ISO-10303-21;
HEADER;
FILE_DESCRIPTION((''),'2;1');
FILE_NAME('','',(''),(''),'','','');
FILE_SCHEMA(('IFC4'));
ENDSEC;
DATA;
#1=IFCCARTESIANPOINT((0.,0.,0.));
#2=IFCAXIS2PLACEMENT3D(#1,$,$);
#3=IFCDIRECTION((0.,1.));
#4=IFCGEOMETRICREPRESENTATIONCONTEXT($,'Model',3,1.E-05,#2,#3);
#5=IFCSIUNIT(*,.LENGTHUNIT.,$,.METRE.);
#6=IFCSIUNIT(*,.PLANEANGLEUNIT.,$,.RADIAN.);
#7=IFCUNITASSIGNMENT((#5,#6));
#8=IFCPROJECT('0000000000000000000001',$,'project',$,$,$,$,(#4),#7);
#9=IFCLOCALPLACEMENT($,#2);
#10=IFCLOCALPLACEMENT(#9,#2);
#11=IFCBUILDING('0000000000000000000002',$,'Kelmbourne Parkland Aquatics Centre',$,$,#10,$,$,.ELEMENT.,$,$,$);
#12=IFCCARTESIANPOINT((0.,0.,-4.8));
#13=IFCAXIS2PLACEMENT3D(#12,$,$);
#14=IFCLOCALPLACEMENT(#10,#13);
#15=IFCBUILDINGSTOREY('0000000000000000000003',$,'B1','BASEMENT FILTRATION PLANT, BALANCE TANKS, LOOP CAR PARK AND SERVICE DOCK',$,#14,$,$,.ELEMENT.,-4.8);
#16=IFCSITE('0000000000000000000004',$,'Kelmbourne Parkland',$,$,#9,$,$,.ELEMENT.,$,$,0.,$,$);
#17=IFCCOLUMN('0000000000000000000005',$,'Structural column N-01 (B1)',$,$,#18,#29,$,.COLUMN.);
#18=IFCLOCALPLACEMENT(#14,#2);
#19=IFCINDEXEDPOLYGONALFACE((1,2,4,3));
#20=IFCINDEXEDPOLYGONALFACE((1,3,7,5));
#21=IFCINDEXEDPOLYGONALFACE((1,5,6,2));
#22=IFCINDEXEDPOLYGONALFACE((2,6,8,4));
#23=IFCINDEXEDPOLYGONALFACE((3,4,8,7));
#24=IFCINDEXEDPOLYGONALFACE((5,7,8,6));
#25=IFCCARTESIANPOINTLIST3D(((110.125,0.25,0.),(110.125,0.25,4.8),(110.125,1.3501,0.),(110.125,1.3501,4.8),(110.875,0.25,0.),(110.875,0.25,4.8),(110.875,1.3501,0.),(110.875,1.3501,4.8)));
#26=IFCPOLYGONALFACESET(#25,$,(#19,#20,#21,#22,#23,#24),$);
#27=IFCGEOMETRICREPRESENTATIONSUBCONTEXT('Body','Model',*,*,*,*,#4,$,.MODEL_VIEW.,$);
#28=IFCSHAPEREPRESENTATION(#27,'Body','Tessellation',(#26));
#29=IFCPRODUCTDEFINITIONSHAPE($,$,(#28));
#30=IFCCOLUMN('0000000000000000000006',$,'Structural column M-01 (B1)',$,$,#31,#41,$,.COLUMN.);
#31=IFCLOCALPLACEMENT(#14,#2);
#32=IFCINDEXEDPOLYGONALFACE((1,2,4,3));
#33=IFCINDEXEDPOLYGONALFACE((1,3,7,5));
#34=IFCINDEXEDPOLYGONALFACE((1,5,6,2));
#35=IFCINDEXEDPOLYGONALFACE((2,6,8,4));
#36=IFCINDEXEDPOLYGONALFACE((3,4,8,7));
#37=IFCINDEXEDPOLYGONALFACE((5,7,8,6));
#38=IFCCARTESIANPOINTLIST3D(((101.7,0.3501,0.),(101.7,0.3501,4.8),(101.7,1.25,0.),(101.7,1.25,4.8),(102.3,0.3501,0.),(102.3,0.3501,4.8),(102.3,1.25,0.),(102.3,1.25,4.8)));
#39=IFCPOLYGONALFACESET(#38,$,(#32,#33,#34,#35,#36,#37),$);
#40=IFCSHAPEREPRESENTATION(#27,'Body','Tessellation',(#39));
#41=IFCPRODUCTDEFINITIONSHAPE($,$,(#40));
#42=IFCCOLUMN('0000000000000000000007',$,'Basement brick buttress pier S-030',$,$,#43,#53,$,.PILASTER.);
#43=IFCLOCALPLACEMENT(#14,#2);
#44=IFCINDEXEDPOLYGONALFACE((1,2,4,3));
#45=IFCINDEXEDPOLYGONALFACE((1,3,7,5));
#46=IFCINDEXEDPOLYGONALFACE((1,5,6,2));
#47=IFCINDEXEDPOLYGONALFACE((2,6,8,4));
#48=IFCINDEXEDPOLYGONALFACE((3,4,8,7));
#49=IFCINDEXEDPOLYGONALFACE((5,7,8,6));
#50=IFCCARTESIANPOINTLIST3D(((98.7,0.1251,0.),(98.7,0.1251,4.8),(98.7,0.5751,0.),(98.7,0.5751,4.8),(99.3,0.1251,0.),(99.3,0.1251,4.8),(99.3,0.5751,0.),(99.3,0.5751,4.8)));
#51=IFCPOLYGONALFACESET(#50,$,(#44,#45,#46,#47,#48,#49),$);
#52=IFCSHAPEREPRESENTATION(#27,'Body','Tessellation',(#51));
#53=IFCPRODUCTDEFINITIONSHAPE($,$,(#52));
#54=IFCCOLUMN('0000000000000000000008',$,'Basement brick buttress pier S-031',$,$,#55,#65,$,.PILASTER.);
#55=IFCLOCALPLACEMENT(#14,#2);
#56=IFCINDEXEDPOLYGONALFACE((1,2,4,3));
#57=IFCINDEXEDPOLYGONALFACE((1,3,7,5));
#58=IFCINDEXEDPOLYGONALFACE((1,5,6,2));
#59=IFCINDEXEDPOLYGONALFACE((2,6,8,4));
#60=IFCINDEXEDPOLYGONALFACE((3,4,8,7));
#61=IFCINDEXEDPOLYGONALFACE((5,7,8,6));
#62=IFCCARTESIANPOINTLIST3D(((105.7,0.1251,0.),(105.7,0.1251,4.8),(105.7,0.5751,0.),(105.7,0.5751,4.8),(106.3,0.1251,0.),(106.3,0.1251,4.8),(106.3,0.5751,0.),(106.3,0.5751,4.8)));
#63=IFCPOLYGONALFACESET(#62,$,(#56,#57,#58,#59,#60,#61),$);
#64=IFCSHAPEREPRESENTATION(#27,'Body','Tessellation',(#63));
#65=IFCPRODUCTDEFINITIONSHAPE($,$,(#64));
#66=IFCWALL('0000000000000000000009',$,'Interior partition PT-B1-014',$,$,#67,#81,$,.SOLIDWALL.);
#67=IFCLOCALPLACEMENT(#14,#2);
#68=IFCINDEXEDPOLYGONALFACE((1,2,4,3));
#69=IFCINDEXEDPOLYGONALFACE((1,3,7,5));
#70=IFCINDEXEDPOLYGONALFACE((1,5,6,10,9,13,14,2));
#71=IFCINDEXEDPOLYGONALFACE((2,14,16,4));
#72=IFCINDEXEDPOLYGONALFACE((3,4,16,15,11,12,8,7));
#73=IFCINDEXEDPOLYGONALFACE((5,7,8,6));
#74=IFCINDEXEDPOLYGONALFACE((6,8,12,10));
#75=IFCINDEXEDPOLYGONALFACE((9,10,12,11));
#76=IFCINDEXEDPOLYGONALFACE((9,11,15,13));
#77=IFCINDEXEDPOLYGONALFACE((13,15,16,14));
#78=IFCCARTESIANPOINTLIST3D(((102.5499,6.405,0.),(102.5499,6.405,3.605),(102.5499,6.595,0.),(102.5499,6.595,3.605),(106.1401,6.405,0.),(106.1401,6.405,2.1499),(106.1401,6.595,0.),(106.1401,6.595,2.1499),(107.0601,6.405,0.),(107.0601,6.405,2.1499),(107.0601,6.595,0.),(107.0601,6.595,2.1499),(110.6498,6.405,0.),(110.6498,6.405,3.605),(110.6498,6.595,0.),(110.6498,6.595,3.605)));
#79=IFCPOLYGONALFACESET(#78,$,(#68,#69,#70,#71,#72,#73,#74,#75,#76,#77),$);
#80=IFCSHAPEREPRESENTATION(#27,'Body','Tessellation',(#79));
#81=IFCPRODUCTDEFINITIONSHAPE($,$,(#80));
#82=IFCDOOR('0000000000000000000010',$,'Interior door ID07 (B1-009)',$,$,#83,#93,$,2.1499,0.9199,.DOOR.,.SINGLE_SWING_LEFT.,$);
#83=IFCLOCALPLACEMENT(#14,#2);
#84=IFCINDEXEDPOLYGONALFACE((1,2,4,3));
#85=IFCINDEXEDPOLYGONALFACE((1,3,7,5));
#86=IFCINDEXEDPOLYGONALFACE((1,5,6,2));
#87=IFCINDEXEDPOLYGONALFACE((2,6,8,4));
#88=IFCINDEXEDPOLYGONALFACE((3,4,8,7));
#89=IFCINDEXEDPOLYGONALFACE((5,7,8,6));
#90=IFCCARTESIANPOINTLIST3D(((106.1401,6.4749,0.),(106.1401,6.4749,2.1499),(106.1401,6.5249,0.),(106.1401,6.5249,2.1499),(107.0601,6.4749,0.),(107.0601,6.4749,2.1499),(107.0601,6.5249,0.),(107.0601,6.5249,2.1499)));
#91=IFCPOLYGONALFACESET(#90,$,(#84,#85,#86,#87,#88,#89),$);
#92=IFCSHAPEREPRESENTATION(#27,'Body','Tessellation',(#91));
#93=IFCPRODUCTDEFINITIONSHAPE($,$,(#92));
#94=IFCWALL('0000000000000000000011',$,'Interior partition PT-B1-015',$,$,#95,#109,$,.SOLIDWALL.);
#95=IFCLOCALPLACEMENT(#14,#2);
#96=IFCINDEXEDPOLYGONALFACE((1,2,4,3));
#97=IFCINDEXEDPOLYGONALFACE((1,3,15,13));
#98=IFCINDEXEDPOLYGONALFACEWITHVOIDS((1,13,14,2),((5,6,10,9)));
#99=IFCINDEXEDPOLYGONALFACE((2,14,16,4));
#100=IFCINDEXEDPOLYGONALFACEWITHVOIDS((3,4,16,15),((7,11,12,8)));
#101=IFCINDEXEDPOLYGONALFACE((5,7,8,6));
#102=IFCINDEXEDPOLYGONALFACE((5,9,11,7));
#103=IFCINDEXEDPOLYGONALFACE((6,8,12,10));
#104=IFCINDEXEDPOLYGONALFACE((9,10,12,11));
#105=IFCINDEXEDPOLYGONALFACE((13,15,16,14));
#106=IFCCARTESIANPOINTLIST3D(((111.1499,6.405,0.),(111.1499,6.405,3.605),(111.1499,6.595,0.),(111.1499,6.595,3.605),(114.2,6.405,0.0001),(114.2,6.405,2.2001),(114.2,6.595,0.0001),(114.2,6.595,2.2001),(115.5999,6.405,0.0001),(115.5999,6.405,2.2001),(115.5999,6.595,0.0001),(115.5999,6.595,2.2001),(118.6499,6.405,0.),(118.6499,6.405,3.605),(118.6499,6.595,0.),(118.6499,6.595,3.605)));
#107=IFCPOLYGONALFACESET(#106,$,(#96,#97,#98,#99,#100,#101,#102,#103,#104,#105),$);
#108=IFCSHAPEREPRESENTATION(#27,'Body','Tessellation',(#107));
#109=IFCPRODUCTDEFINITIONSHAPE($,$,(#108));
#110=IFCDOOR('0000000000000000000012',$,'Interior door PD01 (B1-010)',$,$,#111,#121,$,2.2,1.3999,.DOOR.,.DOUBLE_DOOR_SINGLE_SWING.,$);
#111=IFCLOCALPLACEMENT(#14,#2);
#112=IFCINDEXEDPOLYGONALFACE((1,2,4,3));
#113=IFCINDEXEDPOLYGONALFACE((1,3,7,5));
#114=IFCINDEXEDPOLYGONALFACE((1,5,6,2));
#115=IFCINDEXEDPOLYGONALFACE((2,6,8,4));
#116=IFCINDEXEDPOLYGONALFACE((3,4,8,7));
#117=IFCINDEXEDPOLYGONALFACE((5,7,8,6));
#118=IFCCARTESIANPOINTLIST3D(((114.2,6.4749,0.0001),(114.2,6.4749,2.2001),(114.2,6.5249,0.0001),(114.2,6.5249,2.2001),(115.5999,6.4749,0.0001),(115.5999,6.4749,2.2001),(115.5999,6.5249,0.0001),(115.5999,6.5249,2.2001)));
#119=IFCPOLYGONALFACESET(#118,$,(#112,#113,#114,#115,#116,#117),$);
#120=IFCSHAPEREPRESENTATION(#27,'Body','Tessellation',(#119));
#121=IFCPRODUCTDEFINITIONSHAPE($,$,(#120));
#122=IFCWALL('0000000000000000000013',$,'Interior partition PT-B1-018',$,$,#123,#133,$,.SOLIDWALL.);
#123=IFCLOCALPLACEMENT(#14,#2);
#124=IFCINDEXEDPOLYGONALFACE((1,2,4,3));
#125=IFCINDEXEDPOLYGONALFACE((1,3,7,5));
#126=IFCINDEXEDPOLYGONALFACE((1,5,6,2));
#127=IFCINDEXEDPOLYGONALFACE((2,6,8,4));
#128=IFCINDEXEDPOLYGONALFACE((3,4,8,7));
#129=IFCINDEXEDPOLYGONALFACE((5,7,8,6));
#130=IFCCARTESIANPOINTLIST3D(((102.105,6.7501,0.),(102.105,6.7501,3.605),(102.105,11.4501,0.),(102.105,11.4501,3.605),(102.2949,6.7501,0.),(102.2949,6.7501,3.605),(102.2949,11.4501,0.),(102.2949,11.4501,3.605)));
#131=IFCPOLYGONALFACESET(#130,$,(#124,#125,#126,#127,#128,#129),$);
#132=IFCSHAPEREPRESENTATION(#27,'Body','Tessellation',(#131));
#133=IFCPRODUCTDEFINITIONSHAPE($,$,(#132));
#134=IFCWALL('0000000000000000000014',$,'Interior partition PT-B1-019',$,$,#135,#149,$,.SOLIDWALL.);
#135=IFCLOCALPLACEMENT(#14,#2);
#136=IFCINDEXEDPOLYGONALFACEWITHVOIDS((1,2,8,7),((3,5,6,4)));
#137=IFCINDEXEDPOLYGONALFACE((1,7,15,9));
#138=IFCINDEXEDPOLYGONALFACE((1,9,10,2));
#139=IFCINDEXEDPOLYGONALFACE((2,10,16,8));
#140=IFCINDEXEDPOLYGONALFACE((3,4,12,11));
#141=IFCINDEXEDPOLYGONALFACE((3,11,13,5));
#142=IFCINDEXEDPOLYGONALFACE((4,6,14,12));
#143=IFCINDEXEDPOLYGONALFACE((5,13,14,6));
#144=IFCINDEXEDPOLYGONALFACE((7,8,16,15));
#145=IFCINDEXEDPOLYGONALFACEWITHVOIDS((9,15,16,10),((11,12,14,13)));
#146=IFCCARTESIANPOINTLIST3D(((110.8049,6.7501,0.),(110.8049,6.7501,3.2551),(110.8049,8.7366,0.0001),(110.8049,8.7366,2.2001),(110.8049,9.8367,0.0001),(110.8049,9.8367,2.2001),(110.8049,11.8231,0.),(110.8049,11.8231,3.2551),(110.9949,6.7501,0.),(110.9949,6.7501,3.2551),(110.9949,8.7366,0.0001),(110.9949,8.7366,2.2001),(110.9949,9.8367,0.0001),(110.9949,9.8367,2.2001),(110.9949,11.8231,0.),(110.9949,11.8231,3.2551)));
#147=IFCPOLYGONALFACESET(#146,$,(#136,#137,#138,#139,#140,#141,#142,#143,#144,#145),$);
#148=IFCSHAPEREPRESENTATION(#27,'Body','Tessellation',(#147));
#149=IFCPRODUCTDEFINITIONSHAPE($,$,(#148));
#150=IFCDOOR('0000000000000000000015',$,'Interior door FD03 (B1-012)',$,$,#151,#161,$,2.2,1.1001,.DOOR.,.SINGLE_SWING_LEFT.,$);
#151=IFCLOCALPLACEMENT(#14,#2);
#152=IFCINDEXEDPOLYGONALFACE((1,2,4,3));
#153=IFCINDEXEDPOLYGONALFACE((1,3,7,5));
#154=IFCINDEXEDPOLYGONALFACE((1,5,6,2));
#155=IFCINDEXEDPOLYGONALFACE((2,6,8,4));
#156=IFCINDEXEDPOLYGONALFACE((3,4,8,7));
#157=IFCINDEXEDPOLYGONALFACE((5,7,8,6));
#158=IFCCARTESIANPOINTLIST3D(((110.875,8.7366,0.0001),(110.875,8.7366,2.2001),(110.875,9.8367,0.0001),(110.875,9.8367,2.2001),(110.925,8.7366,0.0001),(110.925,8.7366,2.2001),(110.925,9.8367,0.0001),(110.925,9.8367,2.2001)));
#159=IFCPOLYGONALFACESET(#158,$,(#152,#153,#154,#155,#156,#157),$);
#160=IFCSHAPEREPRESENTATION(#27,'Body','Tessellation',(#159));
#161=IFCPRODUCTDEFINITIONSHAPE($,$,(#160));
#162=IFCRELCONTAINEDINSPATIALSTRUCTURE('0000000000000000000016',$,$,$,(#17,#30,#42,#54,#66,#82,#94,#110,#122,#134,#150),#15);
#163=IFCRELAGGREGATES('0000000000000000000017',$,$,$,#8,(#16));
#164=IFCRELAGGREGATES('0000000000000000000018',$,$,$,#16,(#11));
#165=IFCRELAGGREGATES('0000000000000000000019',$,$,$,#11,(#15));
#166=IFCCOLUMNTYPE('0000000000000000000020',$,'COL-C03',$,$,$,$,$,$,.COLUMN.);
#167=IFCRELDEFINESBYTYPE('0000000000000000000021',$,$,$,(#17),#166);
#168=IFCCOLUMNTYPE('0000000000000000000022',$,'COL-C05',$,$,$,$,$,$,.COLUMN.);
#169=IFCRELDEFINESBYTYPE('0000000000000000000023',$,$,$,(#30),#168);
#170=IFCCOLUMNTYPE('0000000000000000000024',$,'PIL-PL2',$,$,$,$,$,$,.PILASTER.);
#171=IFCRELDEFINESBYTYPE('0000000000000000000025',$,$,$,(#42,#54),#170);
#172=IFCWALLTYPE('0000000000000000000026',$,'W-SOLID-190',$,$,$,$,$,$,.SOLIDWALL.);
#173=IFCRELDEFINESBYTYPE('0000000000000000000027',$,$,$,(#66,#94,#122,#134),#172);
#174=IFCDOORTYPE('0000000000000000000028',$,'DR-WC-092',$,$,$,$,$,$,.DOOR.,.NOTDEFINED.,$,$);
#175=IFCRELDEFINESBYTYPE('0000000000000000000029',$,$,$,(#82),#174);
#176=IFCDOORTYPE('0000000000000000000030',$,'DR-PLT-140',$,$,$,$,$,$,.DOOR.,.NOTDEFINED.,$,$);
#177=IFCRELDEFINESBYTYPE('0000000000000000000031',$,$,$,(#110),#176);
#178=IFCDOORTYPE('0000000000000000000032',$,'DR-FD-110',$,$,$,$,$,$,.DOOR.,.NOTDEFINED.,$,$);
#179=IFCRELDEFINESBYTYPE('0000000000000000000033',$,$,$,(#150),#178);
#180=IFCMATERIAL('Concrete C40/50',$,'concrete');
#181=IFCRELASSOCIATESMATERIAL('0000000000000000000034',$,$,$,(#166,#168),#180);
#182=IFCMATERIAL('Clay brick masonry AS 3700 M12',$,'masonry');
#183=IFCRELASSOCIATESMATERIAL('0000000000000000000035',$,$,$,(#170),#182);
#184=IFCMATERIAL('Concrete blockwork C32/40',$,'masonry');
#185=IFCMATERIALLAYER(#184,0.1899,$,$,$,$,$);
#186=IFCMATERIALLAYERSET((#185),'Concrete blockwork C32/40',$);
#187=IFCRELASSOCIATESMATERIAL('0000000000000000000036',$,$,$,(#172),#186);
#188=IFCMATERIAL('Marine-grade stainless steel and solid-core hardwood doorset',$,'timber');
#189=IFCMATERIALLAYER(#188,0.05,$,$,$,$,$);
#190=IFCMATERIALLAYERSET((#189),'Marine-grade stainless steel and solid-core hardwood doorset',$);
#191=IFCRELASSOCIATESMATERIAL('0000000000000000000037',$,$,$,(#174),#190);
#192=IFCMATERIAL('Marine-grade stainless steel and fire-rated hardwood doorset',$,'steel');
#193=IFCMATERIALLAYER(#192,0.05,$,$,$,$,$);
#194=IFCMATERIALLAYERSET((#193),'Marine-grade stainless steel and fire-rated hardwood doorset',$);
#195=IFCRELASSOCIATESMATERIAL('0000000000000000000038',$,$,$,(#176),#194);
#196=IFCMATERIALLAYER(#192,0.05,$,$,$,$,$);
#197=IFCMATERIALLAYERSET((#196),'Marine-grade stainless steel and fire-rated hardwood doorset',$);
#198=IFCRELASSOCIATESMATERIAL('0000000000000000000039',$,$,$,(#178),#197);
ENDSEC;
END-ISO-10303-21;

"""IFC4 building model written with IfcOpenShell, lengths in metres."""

from ifc_helpers import new_model, si_unit, direction, frame, frame_2d, origin, origin_2d, place, context, subcontext, project, spatial, rectangle, extrude, material, layer, layer_set, material_profile, profile_set, type_object, element, fill, save


model = new_model("IFC4")

# Units and contexts
model_context = context("Model", 3, precision=1e-05, world=origin(), true_north=direction((0.0, 1.0)))
body_context = subcontext(model_context, "Body", "Model", "MODEL_VIEW")
ifc_project = project(units=[si_unit("LENGTHUNIT", "METRE"), si_unit("PLANEANGLEUNIT", "RADIAN")], contexts=[model_context])

# Site, building, storey
site_placement = place(None, origin())
site = spatial("IfcSite", under=ifc_project, at=site_placement, Name="Kelmbourne Parkland", CompositionType="ELEMENT", RefElevation=0.0)
building_placement = place(site_placement, origin())
building = spatial("IfcBuilding", under=site, at=building_placement, Name="Kelmbourne Parkland Aquatics Centre", CompositionType="ELEMENT")
storey_placement = place(building_placement, frame((0.0, 0.0, -4.8)))
storey = spatial("IfcBuildingStorey", under=building, at=storey_placement, Name="B1", Description="BASEMENT FILTRATION PLANT, BALANCE TANKS, LOOP CAR PARK AND SERVICE DOCK", CompositionType="ELEMENT", Elevation=-4.8)

# Columns
ifc_material_1 = material(Name="Concrete C40/50", Category="concrete")
ifc_material_profile_1 = material_profile(ifc_material_1, rectangle(XDim=0.75, YDim=1.1001, at=origin_2d()), Name="RC 750x1100")
ifc_profile_set_1 = profile_set([ifc_material_profile_1], Name="Concrete C40/50")
column_type_1 = type_object("IfcColumnType", Name="COL-C03", PredefinedType="COLUMN", material=ifc_profile_set_1)
column_1_placement = place(storey_placement, frame((110.5, 0.8, 0.0), z_axis=(0.0, 0.0, 1.0), x_axis=(1.0, 0.0, 0.0)))
element("IfcColumn", 1, at=column_1_placement, inside=storey, type_object=column_type_1, Name="Structural column N-01 (B1)", PredefinedType="COLUMN", context=body_context, shape_type="SweptSolid", body=[
    extrude(rectangle(XDim=0.75, YDim=1.1001, at=origin_2d()), origin(), (0.0, 0.0, 1.0), 4.8),
])
ifc_material_profile_2 = material_profile(ifc_material_1, rectangle(XDim=0.6001, YDim=0.8999, at=origin_2d()), Name="RC 600x900")
ifc_profile_set_2 = profile_set([ifc_material_profile_2], Name="Concrete C40/50")
column_type_2 = type_object("IfcColumnType", Name="COL-C05", PredefinedType="COLUMN", material=ifc_profile_set_2)
column_2_placement = place(storey_placement, frame((102.0, 0.8, 0.0), z_axis=(0.0, 0.0, 1.0), x_axis=(1.0, 0.0, 0.0)))
element("IfcColumn", 2, at=column_2_placement, inside=storey, type_object=column_type_2, Name="Structural column M-01 (B1)", PredefinedType="COLUMN", context=body_context, shape_type="SweptSolid", body=[
    extrude(rectangle(XDim=0.6001, YDim=0.8999, at=origin_2d()), origin(), (0.0, 0.0, 1.0), 4.8),
])
ifc_material_2 = material(Name="Clay brick masonry AS 3700 M12", Category="masonry")
ifc_material_profile_3 = material_profile(ifc_material_2, rectangle(XDim=0.45, YDim=0.6001, at=origin_2d()), Name="PIL 450x600")
ifc_profile_set_3 = profile_set([ifc_material_profile_3], Name="Clay brick masonry AS 3700 M12")
column_type_3 = type_object("IfcColumnType", Name="PIL-PL2", PredefinedType="PILASTER", material=ifc_profile_set_3)
for number, where, z_axis, x_axis, name in (
    (3, (99.0, 0.3501, 0.0), (0.0, 0.0, 1.0), (0.0, 1.0, 0.0), "Basement brick buttress pier S-030"),
    (4, (106.0, 0.3501, 0.0), (0.0, 0.0, 1.0), (0.0, 1.0, 0.0), "Basement brick buttress pier S-031"),
):
    element("IfcColumn", number, at=place(storey_placement, frame(where, z_axis=z_axis, x_axis=x_axis)), inside=storey, type_object=column_type_3, Name=name, PredefinedType="PILASTER", context=body_context, shape_type="SweptSolid", body=[
        extrude(rectangle(XDim=0.45, YDim=0.6001, at=origin_2d()), origin(), (0.0, 0.0, 1.0), 4.8),
    ])

# Walls, openings, doors
ifc_material_3 = material(Name="Concrete blockwork C32/40", Category="masonry")
ifc_layer_1 = layer(ifc_material_3, 0.1899)
ifc_layer_set_1 = layer_set([ifc_layer_1], Name="Concrete blockwork C32/40")
wall_type = type_object("IfcWallType", Name="W-SOLID-190", PredefinedType="SOLIDWALL", material=ifc_layer_set_1)
wall_1_placement = place(storey_placement, frame((102.55, 6.5, 0.0), z_axis=(0.0, 0.0, 1.0), x_axis=(1.0, 0.0, 0.0)))
wall_1 = element("IfcWall", 5, at=wall_1_placement, inside=storey, type_object=wall_type, Name="Interior partition PT-B1-014", PredefinedType="SOLIDWALL", context=body_context, shape_type="SweptSolid", body=[
    extrude(rectangle(XDim=8.0999, YDim=0.1899, at=frame_2d((4.0498, 0.0))), origin(), (0.0, 0.0, 1.0), 3.605),
])
opening_1_placement = place(wall_1_placement, frame((3.5901, 0.0, 0.0)))
opening_1 = element("IfcOpeningElement", 6, at=opening_1_placement, cuts=wall_1, PredefinedType="OPENING", context=body_context, shape_type="SweptSolid", body=[
    extrude(rectangle(XDim=0.9199, YDim=2.1499, at=frame_2d((0.46, 1.075))), frame((0.0, 0.1069, 0.0), z_axis=(0.0, -1.0, 0.0), x_axis=(1.0, 0.0, 0.0)), (0.0, 0.0, 1.0), 0.2139),
])
ifc_material_4 = material(Name="Marine-grade stainless steel and solid-core hardwood doorset", Category="timber")
ifc_layer_2 = layer(ifc_material_4, 0.05)
ifc_layer_set_2 = layer_set([ifc_layer_2], Name="Marine-grade stainless steel and solid-core hardwood doorset")
door_type_1 = type_object("IfcDoorType", Name="DR-WC-092", OperationType="NOTDEFINED", PredefinedType="DOOR", material=ifc_layer_set_2)
door_1_placement = place(opening_1_placement, origin())
door_1 = element("IfcDoor", 7, at=door_1_placement, inside=storey, type_object=door_type_1, Name="Interior door ID07 (B1-009)", OperationType="SINGLE_SWING_LEFT", OverallHeight=2.1499, OverallWidth=0.9199, PredefinedType="DOOR", context=body_context, shape_type="SweptSolid", body=[
    extrude(rectangle(XDim=0.9199, YDim=2.1499, at=frame_2d((0.46, 1.075))), frame((0.0, 0.0249, 0.0), z_axis=(0.0, -1.0, 0.0), x_axis=(1.0, 0.0, 0.0)), (0.0, 0.0, 1.0), 0.05),
])
fill(opening_1, door_1)
wall_2_placement = place(storey_placement, frame((111.1499, 6.5, 0.0), z_axis=(0.0, 0.0, 1.0), x_axis=(1.0, 0.0, 0.0)))
wall_2 = element("IfcWall", 8, at=wall_2_placement, inside=storey, type_object=wall_type, Name="Interior partition PT-B1-015", PredefinedType="SOLIDWALL", context=body_context, shape_type="SweptSolid", body=[
    extrude(rectangle(XDim=7.5, YDim=0.1899, at=frame_2d((3.75, 0.0))), origin(), (0.0, 0.0, 1.0), 3.605),
])
opening_2_placement = place(wall_2_placement, frame((3.05, 0.0, 0.0)))
opening_2 = element("IfcOpeningElement", 9, at=opening_2_placement, cuts=wall_2, PredefinedType="OPENING", context=body_context, shape_type="SweptSolid", body=[
    extrude(rectangle(XDim=1.3999, YDim=2.2, at=frame_2d((0.7, 1.1001))), frame((0.0, 0.1069, 0.0), z_axis=(0.0, -1.0, 0.0), x_axis=(1.0, 0.0, 0.0)), (0.0, 0.0, 1.0), 0.2139),
])
ifc_material_5 = material(Name="Marine-grade stainless steel and fire-rated hardwood doorset", Category="steel")
ifc_layer_3 = layer(ifc_material_5, 0.05)
ifc_layer_set_3 = layer_set([ifc_layer_3], Name="Marine-grade stainless steel and fire-rated hardwood doorset")
door_type_2 = type_object("IfcDoorType", Name="DR-PLT-140", OperationType="NOTDEFINED", PredefinedType="DOOR", material=ifc_layer_set_3)
door_2_placement = place(opening_2_placement, origin())
door_2 = element("IfcDoor", 10, at=door_2_placement, inside=storey, type_object=door_type_2, Name="Interior door PD01 (B1-010)", OperationType="DOUBLE_DOOR_SINGLE_SWING", OverallHeight=2.2, OverallWidth=1.3999, PredefinedType="DOOR", context=body_context, shape_type="SweptSolid", body=[
    extrude(rectangle(XDim=1.3999, YDim=2.2, at=frame_2d((0.7, 1.1001))), frame((0.0, 0.0249, 0.0), z_axis=(0.0, -1.0, 0.0), x_axis=(1.0, 0.0, 0.0)), (0.0, 0.0, 1.0), 0.05),
])
fill(opening_2, door_2)

# Wall
wall_3_placement = place(storey_placement, frame((102.2, 6.75, 0.0), z_axis=(0.0, 0.0, 1.0), x_axis=(0.0, 1.0, 0.0)))
element("IfcWall", 11, at=wall_3_placement, inside=storey, type_object=wall_type, Name="Interior partition PT-B1-018", PredefinedType="SOLIDWALL", context=body_context, shape_type="SweptSolid", body=[
    extrude(rectangle(XDim=4.7, YDim=0.1899, at=frame_2d((2.3501, 0.0))), origin(), (0.0, 0.0, 1.0), 3.605),
])

# Wall, opening, door
wall_4_placement = place(storey_placement, frame((110.8999, 6.75, 0.0), z_axis=(0.0, 0.0, 1.0), x_axis=(0.0, 1.0, 0.0)))
wall_4 = element("IfcWall", 12, at=wall_4_placement, inside=storey, type_object=wall_type, Name="Interior partition PT-B1-019", PredefinedType="SOLIDWALL", context=body_context, shape_type="SweptSolid", body=[
    extrude(rectangle(XDim=5.073, YDim=0.1899, at=frame_2d((2.5366, 0.0))), origin(), (0.0, 0.0, 1.0), 3.2551),
])
opening_3_placement = place(wall_4_placement, frame((1.9866, 0.0, 0.0)))
opening_3 = element("IfcOpeningElement", 13, at=opening_3_placement, cuts=wall_4, PredefinedType="OPENING", context=body_context, shape_type="SweptSolid", body=[
    extrude(rectangle(XDim=1.1001, YDim=2.2, at=frame_2d((0.55, 1.1001))), frame((0.0, 0.1069, 0.0), z_axis=(0.0, -1.0, 0.0), x_axis=(1.0, 0.0, 0.0)), (0.0, 0.0, 1.0), 0.2139),
])
ifc_layer_4 = layer(ifc_material_5, 0.05)
ifc_layer_set_4 = layer_set([ifc_layer_4], Name="Marine-grade stainless steel and fire-rated hardwood doorset")
door_type_3 = type_object("IfcDoorType", Name="DR-FD-110", OperationType="NOTDEFINED", PredefinedType="DOOR", material=ifc_layer_set_4)
door_3_placement = place(opening_3_placement, origin())
door_3 = element("IfcDoor", 14, at=door_3_placement, inside=storey, type_object=door_type_3, Name="Interior door FD03 (B1-012)", OperationType="SINGLE_SWING_LEFT", OverallHeight=2.2, OverallWidth=1.1001, PredefinedType="DOOR", context=body_context, shape_type="SweptSolid", body=[
    extrude(rectangle(XDim=1.1001, YDim=2.2, at=frame_2d((0.55, 1.1001))), frame((0.0, 0.0249, 0.0), z_axis=(0.0, -1.0, 0.0), x_axis=(1.0, 0.0, 0.0)), (0.0, 0.0, 1.0), 0.05),
])
fill(opening_3, door_3)

save(model, "model.ifc")
